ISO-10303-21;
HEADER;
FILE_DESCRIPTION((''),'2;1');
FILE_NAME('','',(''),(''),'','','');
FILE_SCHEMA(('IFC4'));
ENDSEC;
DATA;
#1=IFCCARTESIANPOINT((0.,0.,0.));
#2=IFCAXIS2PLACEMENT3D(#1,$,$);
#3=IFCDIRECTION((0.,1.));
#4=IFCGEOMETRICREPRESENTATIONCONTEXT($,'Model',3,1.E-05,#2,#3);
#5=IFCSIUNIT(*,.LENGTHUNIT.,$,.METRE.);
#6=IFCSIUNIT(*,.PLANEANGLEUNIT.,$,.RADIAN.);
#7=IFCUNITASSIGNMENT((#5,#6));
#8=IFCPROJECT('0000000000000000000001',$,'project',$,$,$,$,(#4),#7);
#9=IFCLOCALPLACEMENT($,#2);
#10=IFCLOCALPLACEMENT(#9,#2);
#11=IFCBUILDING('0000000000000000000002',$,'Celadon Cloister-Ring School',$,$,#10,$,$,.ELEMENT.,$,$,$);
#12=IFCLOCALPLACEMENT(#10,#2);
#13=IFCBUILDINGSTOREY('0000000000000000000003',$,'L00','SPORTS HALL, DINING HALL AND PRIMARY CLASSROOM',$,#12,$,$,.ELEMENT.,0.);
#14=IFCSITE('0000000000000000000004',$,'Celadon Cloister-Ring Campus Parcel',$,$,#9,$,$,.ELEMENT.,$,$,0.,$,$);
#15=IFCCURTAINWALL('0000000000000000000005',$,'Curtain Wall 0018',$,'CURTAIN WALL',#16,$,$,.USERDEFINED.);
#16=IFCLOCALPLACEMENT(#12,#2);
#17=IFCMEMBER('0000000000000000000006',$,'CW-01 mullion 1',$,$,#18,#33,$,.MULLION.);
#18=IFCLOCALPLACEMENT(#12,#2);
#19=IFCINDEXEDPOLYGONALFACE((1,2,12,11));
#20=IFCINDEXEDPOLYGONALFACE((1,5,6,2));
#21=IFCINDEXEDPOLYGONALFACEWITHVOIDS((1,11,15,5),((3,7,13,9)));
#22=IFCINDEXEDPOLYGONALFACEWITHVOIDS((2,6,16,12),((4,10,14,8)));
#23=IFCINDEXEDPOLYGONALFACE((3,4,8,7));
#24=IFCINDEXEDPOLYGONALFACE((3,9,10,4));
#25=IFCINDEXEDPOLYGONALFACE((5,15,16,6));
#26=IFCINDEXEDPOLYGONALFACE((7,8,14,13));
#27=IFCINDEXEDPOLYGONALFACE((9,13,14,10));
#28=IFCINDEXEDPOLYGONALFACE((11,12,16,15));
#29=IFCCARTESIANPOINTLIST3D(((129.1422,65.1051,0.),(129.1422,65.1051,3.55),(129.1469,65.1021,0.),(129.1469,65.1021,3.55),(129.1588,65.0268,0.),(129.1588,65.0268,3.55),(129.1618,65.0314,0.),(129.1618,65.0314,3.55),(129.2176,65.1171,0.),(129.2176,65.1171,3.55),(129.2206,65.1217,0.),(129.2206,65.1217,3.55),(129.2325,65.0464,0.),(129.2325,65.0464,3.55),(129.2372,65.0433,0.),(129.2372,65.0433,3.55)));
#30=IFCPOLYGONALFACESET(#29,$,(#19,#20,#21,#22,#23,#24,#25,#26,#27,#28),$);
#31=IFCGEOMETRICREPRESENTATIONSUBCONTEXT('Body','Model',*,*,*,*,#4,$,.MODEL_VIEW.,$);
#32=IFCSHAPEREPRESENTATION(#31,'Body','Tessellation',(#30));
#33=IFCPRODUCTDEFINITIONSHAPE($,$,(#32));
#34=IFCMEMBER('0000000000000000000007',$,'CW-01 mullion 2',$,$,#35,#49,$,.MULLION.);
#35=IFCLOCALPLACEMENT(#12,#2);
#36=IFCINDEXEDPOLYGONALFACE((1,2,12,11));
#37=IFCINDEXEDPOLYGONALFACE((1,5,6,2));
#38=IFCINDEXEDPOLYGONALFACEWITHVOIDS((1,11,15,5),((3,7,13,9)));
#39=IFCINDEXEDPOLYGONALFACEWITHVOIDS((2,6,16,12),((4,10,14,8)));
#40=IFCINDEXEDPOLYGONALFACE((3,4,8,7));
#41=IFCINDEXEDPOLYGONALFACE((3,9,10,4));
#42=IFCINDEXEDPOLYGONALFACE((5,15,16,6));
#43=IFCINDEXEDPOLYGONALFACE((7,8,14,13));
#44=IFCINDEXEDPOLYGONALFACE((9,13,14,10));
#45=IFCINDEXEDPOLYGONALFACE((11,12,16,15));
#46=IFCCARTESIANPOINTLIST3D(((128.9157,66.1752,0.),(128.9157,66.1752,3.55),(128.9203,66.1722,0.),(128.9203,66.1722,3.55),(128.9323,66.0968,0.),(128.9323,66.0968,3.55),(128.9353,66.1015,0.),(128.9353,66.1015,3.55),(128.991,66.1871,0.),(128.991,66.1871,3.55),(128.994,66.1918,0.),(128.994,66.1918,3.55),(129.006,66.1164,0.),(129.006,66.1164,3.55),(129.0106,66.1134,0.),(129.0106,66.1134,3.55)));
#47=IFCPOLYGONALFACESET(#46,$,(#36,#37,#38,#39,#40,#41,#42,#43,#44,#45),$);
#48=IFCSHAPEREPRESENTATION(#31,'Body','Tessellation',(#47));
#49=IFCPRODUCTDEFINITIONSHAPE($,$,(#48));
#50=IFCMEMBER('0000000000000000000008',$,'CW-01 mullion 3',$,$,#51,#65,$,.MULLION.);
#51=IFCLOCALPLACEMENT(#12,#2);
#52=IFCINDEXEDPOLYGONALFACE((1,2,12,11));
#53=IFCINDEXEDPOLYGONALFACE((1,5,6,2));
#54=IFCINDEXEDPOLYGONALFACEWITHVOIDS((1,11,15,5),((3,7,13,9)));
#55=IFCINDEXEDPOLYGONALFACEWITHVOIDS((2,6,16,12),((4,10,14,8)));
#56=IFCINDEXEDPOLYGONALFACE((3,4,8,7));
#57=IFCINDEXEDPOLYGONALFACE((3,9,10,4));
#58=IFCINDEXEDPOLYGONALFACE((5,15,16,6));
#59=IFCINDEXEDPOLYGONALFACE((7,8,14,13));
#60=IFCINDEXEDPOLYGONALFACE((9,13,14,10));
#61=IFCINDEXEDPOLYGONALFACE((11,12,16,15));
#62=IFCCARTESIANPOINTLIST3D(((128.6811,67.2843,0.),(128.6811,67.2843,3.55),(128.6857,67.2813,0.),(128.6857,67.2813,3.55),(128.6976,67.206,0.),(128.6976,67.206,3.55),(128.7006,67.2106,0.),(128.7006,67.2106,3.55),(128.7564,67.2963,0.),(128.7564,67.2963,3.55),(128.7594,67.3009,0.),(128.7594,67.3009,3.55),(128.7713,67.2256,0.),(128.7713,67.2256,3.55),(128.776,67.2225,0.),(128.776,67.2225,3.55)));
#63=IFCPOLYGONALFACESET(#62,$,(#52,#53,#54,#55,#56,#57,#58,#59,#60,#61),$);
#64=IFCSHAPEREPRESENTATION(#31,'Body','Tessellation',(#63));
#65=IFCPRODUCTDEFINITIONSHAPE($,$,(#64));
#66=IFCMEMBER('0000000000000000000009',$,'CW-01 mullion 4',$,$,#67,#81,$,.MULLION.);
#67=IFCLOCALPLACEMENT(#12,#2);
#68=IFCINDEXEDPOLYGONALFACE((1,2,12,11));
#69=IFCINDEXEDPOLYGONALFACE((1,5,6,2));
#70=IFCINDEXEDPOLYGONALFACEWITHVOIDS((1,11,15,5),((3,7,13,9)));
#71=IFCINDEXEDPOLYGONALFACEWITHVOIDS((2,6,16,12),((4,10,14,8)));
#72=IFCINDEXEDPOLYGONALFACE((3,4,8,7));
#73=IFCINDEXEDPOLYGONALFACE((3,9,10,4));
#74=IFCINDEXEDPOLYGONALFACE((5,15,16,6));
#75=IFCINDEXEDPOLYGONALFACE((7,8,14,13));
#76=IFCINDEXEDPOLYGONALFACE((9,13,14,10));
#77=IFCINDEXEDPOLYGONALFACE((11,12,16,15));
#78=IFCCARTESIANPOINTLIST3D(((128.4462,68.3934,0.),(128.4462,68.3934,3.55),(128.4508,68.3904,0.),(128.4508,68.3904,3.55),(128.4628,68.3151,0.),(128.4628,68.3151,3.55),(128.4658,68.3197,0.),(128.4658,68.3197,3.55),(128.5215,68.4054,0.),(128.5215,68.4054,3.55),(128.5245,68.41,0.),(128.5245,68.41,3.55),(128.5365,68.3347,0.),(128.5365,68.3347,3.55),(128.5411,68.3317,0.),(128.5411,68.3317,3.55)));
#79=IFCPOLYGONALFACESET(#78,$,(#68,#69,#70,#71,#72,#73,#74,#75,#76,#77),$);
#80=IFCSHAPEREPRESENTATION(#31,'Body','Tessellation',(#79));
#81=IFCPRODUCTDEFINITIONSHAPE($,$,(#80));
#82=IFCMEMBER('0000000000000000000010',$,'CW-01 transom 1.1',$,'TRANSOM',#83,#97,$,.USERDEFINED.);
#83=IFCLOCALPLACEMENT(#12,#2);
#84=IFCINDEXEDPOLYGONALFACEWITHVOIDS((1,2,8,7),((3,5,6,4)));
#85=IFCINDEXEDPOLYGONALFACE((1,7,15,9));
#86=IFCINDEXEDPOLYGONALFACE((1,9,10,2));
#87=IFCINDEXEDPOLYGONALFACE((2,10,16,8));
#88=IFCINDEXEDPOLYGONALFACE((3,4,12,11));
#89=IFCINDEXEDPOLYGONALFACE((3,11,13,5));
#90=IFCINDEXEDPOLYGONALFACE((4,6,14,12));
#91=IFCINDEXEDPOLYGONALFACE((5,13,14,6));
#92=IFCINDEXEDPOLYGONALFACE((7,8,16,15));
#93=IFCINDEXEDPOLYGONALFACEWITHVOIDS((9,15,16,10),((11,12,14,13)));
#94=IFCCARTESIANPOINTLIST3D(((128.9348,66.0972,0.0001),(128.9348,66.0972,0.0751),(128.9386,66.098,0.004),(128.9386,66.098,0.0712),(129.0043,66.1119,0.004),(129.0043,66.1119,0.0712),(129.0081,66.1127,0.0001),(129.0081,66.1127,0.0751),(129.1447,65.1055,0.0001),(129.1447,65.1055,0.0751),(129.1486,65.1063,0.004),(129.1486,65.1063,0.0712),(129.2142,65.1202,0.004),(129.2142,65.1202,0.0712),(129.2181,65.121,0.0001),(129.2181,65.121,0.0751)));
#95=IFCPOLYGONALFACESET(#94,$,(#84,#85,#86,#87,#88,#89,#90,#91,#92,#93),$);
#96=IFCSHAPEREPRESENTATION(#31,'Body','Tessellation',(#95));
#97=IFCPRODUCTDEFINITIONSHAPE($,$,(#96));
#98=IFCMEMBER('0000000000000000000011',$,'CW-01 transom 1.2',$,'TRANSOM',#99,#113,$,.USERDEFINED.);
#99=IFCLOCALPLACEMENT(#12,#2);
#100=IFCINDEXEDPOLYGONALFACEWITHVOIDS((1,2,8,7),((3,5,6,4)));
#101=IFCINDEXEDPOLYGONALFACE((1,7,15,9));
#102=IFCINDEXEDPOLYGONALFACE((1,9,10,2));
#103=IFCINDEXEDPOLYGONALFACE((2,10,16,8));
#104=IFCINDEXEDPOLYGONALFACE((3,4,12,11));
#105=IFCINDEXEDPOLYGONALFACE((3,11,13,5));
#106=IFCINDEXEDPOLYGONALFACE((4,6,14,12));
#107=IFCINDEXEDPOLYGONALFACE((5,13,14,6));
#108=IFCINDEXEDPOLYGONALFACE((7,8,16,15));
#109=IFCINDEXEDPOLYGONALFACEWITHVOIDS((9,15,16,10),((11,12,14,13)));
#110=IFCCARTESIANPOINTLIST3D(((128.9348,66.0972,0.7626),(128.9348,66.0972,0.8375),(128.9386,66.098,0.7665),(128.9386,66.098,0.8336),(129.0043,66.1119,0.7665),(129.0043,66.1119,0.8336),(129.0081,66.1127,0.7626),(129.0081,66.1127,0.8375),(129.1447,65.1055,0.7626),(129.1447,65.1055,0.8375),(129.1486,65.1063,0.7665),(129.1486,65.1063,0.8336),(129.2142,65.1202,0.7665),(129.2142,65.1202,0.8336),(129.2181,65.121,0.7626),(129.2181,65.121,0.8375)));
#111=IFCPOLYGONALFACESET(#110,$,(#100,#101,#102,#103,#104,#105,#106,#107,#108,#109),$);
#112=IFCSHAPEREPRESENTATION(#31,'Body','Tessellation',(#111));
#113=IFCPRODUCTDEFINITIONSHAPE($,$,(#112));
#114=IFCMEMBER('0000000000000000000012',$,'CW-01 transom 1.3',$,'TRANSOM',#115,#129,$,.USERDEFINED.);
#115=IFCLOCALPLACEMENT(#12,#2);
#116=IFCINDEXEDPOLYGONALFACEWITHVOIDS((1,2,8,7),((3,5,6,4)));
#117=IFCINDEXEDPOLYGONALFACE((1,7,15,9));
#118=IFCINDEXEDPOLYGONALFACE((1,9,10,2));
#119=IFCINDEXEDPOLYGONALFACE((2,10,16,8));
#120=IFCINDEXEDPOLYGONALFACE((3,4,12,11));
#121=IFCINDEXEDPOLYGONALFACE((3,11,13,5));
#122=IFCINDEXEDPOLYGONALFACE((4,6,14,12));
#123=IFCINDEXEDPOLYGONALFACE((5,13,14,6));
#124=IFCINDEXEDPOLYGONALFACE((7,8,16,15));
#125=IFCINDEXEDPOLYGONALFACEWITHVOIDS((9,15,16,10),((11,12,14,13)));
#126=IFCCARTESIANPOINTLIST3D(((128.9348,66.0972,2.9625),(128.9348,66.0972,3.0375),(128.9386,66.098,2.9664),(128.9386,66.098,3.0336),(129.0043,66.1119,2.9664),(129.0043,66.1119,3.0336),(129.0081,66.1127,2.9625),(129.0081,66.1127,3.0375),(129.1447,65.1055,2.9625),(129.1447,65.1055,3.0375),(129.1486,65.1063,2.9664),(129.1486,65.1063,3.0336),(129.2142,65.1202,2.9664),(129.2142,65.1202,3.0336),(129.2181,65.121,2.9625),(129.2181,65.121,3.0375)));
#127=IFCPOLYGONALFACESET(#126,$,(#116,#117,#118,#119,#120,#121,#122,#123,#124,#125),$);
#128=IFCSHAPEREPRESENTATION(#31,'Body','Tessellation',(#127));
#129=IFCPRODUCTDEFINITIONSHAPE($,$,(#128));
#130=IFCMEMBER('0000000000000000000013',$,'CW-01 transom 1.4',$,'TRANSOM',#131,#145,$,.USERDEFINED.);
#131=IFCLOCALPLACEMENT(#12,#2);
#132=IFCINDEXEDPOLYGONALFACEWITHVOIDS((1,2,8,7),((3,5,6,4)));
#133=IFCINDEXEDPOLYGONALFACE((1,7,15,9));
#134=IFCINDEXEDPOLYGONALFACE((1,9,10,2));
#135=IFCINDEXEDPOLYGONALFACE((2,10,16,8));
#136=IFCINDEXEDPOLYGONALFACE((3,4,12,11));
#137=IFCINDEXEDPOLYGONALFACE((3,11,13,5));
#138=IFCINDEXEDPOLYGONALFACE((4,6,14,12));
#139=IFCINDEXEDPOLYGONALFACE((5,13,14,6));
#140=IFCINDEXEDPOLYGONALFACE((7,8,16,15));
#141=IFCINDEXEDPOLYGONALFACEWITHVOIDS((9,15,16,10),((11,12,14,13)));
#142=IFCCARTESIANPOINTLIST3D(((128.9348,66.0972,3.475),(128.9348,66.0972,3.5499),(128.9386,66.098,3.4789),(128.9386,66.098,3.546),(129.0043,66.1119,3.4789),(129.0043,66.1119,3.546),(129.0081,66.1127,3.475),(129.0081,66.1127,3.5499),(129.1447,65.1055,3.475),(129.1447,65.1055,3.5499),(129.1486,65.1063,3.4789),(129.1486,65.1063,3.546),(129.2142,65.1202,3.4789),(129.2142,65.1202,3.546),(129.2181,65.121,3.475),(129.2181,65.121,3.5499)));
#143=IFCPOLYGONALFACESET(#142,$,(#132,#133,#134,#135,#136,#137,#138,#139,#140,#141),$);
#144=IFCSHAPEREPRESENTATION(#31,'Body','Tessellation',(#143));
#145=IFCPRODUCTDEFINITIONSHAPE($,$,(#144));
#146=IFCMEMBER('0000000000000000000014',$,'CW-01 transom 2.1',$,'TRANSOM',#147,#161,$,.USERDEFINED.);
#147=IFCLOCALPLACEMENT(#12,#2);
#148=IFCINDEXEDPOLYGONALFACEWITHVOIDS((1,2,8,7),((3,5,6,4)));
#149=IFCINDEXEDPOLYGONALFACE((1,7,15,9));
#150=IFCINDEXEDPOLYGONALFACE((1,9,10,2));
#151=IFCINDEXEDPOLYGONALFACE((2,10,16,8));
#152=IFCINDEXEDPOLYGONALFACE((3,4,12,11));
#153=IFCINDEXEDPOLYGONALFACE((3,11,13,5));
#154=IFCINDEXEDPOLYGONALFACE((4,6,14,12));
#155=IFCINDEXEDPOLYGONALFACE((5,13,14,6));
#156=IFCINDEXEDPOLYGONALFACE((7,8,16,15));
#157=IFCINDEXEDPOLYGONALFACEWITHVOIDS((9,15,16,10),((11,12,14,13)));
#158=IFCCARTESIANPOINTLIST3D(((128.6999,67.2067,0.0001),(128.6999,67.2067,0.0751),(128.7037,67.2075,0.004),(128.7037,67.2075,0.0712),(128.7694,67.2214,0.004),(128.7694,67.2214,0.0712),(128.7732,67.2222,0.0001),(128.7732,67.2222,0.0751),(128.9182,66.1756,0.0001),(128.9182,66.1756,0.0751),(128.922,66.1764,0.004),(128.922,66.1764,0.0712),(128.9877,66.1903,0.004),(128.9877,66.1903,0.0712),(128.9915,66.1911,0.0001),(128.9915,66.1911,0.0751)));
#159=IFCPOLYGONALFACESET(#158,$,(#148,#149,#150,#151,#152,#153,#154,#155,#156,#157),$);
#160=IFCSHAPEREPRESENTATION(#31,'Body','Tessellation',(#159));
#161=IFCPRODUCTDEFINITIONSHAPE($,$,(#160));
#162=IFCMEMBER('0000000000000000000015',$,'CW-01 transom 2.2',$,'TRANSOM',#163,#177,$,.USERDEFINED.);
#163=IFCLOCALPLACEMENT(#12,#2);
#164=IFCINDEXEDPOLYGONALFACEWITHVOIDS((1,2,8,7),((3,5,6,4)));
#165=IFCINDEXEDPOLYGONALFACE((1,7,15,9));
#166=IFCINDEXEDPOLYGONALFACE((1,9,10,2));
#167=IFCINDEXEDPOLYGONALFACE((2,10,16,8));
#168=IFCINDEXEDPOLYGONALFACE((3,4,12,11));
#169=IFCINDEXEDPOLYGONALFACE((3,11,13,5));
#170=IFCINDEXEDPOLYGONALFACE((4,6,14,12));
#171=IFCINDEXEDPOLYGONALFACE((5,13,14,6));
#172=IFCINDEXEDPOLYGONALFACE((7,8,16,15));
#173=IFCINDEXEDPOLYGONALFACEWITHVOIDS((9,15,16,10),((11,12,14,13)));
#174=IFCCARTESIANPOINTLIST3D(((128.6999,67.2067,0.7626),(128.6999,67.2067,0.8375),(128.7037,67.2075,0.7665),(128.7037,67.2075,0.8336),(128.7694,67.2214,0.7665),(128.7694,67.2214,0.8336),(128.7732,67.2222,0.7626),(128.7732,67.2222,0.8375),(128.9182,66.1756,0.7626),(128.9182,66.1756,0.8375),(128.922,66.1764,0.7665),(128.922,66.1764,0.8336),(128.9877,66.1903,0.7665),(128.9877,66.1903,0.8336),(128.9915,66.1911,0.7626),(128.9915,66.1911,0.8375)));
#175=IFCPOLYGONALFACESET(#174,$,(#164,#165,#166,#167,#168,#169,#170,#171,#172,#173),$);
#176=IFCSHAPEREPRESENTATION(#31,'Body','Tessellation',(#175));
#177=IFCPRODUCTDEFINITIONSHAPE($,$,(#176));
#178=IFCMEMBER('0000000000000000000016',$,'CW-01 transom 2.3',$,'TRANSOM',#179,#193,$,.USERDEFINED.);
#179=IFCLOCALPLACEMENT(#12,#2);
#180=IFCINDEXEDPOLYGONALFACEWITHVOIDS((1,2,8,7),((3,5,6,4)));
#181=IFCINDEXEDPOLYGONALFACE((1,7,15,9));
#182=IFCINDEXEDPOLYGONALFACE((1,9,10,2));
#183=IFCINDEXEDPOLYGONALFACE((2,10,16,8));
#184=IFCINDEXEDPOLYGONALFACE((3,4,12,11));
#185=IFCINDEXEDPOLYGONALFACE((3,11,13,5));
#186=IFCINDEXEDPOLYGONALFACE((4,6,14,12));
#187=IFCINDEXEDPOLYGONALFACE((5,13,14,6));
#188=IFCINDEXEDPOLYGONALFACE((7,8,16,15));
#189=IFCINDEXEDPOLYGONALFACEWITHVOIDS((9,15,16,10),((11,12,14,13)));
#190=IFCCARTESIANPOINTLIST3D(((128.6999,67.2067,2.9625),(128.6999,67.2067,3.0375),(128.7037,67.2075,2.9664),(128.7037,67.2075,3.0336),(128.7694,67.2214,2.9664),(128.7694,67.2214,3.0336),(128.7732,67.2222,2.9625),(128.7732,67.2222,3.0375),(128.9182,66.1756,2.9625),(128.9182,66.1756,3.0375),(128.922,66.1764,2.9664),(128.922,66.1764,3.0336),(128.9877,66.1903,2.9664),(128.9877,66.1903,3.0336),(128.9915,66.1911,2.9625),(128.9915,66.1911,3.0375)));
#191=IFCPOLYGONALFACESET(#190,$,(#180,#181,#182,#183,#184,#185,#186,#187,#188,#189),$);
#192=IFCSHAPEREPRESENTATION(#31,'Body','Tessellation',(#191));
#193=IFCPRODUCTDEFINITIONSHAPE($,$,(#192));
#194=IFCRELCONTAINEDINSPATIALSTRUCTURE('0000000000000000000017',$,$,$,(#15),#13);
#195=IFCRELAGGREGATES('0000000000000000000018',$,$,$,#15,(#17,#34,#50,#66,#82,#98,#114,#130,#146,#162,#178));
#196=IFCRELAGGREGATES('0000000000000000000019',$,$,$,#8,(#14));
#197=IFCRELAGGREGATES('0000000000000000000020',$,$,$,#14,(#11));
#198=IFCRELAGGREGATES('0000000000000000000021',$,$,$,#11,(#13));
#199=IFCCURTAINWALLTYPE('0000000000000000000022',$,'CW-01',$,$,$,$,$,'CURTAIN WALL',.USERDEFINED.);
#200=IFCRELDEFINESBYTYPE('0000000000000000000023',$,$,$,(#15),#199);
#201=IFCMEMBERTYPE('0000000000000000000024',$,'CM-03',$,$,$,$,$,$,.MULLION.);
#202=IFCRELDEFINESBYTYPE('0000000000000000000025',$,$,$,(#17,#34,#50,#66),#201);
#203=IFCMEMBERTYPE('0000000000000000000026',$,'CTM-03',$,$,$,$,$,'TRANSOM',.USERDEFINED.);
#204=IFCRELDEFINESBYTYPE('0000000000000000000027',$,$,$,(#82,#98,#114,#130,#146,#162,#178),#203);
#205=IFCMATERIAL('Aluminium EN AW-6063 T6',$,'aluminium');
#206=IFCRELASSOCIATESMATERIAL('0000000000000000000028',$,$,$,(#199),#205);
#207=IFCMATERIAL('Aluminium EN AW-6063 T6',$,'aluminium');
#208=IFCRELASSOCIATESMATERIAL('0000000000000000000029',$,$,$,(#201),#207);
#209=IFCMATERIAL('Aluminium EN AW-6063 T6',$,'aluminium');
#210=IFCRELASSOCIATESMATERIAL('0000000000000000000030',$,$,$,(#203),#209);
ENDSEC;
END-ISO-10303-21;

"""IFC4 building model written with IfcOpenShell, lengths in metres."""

from ifc_helpers import new_model, si_unit, direction, frame, origin, origin_2d, place, context, subcontext, project, spatial, hollow_rectangle, extrude, material, material_profile, profile_set, type_object, element, aggregate, save


model = new_model("IFC4")

# Units and contexts
model_context = context("Model", 3, precision=1e-05, world=origin(), true_north=direction((0.0, 1.0)))
body_context = subcontext(model_context, "Body", "Model", "MODEL_VIEW")
ifc_project = project(units=[si_unit("LENGTHUNIT", "METRE"), si_unit("PLANEANGLEUNIT", "RADIAN")], contexts=[model_context])

# Site, building, storey
site_placement = place(None, origin())
site = spatial("IfcSite", under=ifc_project, at=site_placement, Name="Celadon Cloister-Ring Campus Parcel", CompositionType="ELEMENT", RefElevation=0.0)
building_placement = place(site_placement, origin())
building = spatial("IfcBuilding", under=site, at=building_placement, Name="Celadon Cloister-Ring School", CompositionType="ELEMENT")
storey_placement = place(building_placement, origin())
storey = spatial("IfcBuildingStorey", under=building, at=storey_placement, Name="L00", Description="SPORTS HALL, DINING HALL AND PRIMARY CLASSROOM", CompositionType="ELEMENT", Elevation=0.0)

# Curtain wall, members
ifc_material_1 = material(Name="Aluminium EN AW-6063 T6", Category="aluminium")
curtain_wall_type = type_object("IfcCurtainWallType", Name="CW-01", ElementType="CURTAIN WALL", PredefinedType="USERDEFINED", material=ifc_material_1)
curtain_wall_placement = place(storey_placement, origin())
curtain_wall = element("IfcCurtainWall", 1, at=curtain_wall_placement, inside=storey, type_object=curtain_wall_type, Name="Curtain Wall 0018", ObjectType="CURTAIN WALL", PredefinedType="USERDEFINED")
ifc_material_2 = material(Name="Aluminium EN AW-6063 T6", Category="aluminium")
ifc_material_profile_1 = material_profile(ifc_material_2, hollow_rectangle(XDim=0.0801, YDim=0.0801, WallThickness=0.0039, at=origin_2d()), Name="RHS80X80X4")
ifc_profile_set_1 = profile_set([ifc_material_profile_1], Name="Aluminium EN AW-6063 T6")
member_type_1 = type_object("IfcMemberType", Name="CM-03", PredefinedType="MULLION", material=ifc_profile_set_1)
member_1_placement = place(storey_placement, frame((129.1897, 65.0742, 0.0), z_axis=(0.0, 0.0, 1.0), x_axis=(-0.978321, -0.207095, 0.0)))
member_1 = element("IfcMember", 2, at=member_1_placement, type_object=member_type_1, Name="CW-01 mullion 1", PredefinedType="MULLION", context=body_context, shape_type="SweptSolid", body=[
    extrude(hollow_rectangle(XDim=0.0801, YDim=0.0801, WallThickness=0.0039, at=origin_2d()), origin(), (0.0, 0.0, 1.0), 3.55),
])
member_2_placement = place(storey_placement, frame((128.9631, 66.1443, 0.0), z_axis=(0.0, 0.0, 1.0), x_axis=(-0.978321, -0.207095, 0.0)))
member_2 = element("IfcMember", 3, at=member_2_placement, type_object=member_type_1, Name="CW-01 mullion 2", PredefinedType="MULLION", context=body_context, shape_type="SweptSolid", body=[
    extrude(hollow_rectangle(XDim=0.0801, YDim=0.0801, WallThickness=0.0039, at=origin_2d()), origin(), (0.0, 0.0, 1.0), 3.55),
])
member_3_placement = place(storey_placement, frame((128.7285, 67.2534, 0.0), z_axis=(0.0, 0.0, 1.0), x_axis=(-0.978321, -0.207095, 0.0)))
member_3 = element("IfcMember", 4, at=member_3_placement, type_object=member_type_1, Name="CW-01 mullion 3", PredefinedType="MULLION", context=body_context, shape_type="SweptSolid", body=[
    extrude(hollow_rectangle(XDim=0.0801, YDim=0.0801, WallThickness=0.0039, at=origin_2d()), origin(), (0.0, 0.0, 1.0), 3.55),
])
member_4_placement = place(storey_placement, frame((128.4937, 68.3625, 0.0), z_axis=(0.0, 0.0, 1.0), x_axis=(-0.978321, -0.207095, 0.0)))
member_4 = element("IfcMember", 5, at=member_4_placement, type_object=member_type_1, Name="CW-01 mullion 4", PredefinedType="MULLION", context=body_context, shape_type="SweptSolid", body=[
    extrude(hollow_rectangle(XDim=0.0801, YDim=0.0801, WallThickness=0.0039, at=origin_2d()), origin(), (0.0, 0.0, 1.0), 3.55),
])
ifc_material_3 = material(Name="Aluminium EN AW-6063 T6", Category="aluminium")
ifc_material_profile_2 = material_profile(ifc_material_3, hollow_rectangle(XDim=0.075, YDim=0.075, WallThickness=0.0039, at=origin_2d()), Name="RHS75X75X4")
ifc_profile_set_2 = profile_set([ifc_material_profile_2], Name="Aluminium EN AW-6063 T6")
member_type_2 = type_object("IfcMemberType", Name="CTM-03", ElementType="TRANSOM", PredefinedType="USERDEFINED", material=ifc_profile_set_2)
member_5_placement = place(storey_placement, frame((129.1814, 65.1133, 0.0376), z_axis=(-0.207127, 0.978314, 0.0), x_axis=(-0.978314, -0.207127, 0.0)))
member_5 = element("IfcMember", 6, at=member_5_placement, type_object=member_type_2, Name="CW-01 transom 1.1", ObjectType="TRANSOM", PredefinedType="USERDEFINED", context=body_context, shape_type="SweptSolid", body=[
    extrude(hollow_rectangle(XDim=0.075, YDim=0.075, WallThickness=0.0039, at=origin_2d()), origin(), (0.0, 0.0, 1.0), 1.0137),
])
member_6_placement = place(storey_placement, frame((129.1814, 65.1133, 0.8), z_axis=(-0.207127, 0.978314, 0.0), x_axis=(-0.978314, -0.207127, 0.0)))
member_6 = element("IfcMember", 7, at=member_6_placement, type_object=member_type_2, Name="CW-01 transom 1.2", ObjectType="TRANSOM", PredefinedType="USERDEFINED", context=body_context, shape_type="SweptSolid", body=[
    extrude(hollow_rectangle(XDim=0.075, YDim=0.075, WallThickness=0.0039, at=origin_2d()), origin(), (0.0, 0.0, 1.0), 1.0137),
])
member_7_placement = place(storey_placement, frame((129.1814, 65.1133, 3.0), z_axis=(-0.207127, 0.978314, 0.0), x_axis=(-0.978314, -0.207127, 0.0)))
member_7 = element("IfcMember", 8, at=member_7_placement, type_object=member_type_2, Name="CW-01 transom 1.3", ObjectType="TRANSOM", PredefinedType="USERDEFINED", context=body_context, shape_type="SweptSolid", body=[
    extrude(hollow_rectangle(XDim=0.075, YDim=0.075, WallThickness=0.0039, at=origin_2d()), origin(), (0.0, 0.0, 1.0), 1.0137),
])
member_8_placement = place(storey_placement, frame((129.1814, 65.1133, 3.5125), z_axis=(-0.207127, 0.978314, 0.0), x_axis=(-0.978314, -0.207127, 0.0)))
member_8 = element("IfcMember", 9, at=member_8_placement, type_object=member_type_2, Name="CW-01 transom 1.4", ObjectType="TRANSOM", PredefinedType="USERDEFINED", context=body_context, shape_type="SweptSolid", body=[
    extrude(hollow_rectangle(XDim=0.075, YDim=0.075, WallThickness=0.0039, at=origin_2d()), origin(), (0.0, 0.0, 1.0), 1.0137),
])
member_9_placement = place(storey_placement, frame((128.9548, 66.1833, 0.0376), z_axis=(-0.207108, 0.978318, 0.0), x_axis=(-0.978318, -0.207108, 0.0)))
member_9 = element("IfcMember", 10, at=member_9_placement, type_object=member_type_2, Name="CW-01 transom 2.1", ObjectType="TRANSOM", PredefinedType="USERDEFINED", context=body_context, shape_type="SweptSolid", body=[
    extrude(hollow_rectangle(XDim=0.075, YDim=0.075, WallThickness=0.0039, at=origin_2d()), origin(), (0.0, 0.0, 1.0), 1.054),
])
member_10_placement = place(storey_placement, frame((128.9548, 66.1833, 0.8), z_axis=(-0.207108, 0.978318, 0.0), x_axis=(-0.978318, -0.207108, 0.0)))
member_10 = element("IfcMember", 11, at=member_10_placement, type_object=member_type_2, Name="CW-01 transom 2.2", ObjectType="TRANSOM", PredefinedType="USERDEFINED", context=body_context, shape_type="SweptSolid", body=[
    extrude(hollow_rectangle(XDim=0.075, YDim=0.075, WallThickness=0.0039, at=origin_2d()), origin(), (0.0, 0.0, 1.0), 1.054),
])
member_11_placement = place(storey_placement, frame((128.9548, 66.1833, 3.0), z_axis=(-0.207108, 0.978318, 0.0), x_axis=(-0.978318, -0.207108, 0.0)))
member_11 = element("IfcMember", 12, at=member_11_placement, type_object=member_type_2, Name="CW-01 transom 2.3", ObjectType="TRANSOM", PredefinedType="USERDEFINED", context=body_context, shape_type="SweptSolid", body=[
    extrude(hollow_rectangle(XDim=0.075, YDim=0.075, WallThickness=0.0039, at=origin_2d()), origin(), (0.0, 0.0, 1.0), 1.054),
])

aggregate(curtain_wall, [member_1, member_2, member_3, member_4, member_5, member_6, member_7, member_8, member_9, member_10, member_11])

save(model, "model.ifc")
